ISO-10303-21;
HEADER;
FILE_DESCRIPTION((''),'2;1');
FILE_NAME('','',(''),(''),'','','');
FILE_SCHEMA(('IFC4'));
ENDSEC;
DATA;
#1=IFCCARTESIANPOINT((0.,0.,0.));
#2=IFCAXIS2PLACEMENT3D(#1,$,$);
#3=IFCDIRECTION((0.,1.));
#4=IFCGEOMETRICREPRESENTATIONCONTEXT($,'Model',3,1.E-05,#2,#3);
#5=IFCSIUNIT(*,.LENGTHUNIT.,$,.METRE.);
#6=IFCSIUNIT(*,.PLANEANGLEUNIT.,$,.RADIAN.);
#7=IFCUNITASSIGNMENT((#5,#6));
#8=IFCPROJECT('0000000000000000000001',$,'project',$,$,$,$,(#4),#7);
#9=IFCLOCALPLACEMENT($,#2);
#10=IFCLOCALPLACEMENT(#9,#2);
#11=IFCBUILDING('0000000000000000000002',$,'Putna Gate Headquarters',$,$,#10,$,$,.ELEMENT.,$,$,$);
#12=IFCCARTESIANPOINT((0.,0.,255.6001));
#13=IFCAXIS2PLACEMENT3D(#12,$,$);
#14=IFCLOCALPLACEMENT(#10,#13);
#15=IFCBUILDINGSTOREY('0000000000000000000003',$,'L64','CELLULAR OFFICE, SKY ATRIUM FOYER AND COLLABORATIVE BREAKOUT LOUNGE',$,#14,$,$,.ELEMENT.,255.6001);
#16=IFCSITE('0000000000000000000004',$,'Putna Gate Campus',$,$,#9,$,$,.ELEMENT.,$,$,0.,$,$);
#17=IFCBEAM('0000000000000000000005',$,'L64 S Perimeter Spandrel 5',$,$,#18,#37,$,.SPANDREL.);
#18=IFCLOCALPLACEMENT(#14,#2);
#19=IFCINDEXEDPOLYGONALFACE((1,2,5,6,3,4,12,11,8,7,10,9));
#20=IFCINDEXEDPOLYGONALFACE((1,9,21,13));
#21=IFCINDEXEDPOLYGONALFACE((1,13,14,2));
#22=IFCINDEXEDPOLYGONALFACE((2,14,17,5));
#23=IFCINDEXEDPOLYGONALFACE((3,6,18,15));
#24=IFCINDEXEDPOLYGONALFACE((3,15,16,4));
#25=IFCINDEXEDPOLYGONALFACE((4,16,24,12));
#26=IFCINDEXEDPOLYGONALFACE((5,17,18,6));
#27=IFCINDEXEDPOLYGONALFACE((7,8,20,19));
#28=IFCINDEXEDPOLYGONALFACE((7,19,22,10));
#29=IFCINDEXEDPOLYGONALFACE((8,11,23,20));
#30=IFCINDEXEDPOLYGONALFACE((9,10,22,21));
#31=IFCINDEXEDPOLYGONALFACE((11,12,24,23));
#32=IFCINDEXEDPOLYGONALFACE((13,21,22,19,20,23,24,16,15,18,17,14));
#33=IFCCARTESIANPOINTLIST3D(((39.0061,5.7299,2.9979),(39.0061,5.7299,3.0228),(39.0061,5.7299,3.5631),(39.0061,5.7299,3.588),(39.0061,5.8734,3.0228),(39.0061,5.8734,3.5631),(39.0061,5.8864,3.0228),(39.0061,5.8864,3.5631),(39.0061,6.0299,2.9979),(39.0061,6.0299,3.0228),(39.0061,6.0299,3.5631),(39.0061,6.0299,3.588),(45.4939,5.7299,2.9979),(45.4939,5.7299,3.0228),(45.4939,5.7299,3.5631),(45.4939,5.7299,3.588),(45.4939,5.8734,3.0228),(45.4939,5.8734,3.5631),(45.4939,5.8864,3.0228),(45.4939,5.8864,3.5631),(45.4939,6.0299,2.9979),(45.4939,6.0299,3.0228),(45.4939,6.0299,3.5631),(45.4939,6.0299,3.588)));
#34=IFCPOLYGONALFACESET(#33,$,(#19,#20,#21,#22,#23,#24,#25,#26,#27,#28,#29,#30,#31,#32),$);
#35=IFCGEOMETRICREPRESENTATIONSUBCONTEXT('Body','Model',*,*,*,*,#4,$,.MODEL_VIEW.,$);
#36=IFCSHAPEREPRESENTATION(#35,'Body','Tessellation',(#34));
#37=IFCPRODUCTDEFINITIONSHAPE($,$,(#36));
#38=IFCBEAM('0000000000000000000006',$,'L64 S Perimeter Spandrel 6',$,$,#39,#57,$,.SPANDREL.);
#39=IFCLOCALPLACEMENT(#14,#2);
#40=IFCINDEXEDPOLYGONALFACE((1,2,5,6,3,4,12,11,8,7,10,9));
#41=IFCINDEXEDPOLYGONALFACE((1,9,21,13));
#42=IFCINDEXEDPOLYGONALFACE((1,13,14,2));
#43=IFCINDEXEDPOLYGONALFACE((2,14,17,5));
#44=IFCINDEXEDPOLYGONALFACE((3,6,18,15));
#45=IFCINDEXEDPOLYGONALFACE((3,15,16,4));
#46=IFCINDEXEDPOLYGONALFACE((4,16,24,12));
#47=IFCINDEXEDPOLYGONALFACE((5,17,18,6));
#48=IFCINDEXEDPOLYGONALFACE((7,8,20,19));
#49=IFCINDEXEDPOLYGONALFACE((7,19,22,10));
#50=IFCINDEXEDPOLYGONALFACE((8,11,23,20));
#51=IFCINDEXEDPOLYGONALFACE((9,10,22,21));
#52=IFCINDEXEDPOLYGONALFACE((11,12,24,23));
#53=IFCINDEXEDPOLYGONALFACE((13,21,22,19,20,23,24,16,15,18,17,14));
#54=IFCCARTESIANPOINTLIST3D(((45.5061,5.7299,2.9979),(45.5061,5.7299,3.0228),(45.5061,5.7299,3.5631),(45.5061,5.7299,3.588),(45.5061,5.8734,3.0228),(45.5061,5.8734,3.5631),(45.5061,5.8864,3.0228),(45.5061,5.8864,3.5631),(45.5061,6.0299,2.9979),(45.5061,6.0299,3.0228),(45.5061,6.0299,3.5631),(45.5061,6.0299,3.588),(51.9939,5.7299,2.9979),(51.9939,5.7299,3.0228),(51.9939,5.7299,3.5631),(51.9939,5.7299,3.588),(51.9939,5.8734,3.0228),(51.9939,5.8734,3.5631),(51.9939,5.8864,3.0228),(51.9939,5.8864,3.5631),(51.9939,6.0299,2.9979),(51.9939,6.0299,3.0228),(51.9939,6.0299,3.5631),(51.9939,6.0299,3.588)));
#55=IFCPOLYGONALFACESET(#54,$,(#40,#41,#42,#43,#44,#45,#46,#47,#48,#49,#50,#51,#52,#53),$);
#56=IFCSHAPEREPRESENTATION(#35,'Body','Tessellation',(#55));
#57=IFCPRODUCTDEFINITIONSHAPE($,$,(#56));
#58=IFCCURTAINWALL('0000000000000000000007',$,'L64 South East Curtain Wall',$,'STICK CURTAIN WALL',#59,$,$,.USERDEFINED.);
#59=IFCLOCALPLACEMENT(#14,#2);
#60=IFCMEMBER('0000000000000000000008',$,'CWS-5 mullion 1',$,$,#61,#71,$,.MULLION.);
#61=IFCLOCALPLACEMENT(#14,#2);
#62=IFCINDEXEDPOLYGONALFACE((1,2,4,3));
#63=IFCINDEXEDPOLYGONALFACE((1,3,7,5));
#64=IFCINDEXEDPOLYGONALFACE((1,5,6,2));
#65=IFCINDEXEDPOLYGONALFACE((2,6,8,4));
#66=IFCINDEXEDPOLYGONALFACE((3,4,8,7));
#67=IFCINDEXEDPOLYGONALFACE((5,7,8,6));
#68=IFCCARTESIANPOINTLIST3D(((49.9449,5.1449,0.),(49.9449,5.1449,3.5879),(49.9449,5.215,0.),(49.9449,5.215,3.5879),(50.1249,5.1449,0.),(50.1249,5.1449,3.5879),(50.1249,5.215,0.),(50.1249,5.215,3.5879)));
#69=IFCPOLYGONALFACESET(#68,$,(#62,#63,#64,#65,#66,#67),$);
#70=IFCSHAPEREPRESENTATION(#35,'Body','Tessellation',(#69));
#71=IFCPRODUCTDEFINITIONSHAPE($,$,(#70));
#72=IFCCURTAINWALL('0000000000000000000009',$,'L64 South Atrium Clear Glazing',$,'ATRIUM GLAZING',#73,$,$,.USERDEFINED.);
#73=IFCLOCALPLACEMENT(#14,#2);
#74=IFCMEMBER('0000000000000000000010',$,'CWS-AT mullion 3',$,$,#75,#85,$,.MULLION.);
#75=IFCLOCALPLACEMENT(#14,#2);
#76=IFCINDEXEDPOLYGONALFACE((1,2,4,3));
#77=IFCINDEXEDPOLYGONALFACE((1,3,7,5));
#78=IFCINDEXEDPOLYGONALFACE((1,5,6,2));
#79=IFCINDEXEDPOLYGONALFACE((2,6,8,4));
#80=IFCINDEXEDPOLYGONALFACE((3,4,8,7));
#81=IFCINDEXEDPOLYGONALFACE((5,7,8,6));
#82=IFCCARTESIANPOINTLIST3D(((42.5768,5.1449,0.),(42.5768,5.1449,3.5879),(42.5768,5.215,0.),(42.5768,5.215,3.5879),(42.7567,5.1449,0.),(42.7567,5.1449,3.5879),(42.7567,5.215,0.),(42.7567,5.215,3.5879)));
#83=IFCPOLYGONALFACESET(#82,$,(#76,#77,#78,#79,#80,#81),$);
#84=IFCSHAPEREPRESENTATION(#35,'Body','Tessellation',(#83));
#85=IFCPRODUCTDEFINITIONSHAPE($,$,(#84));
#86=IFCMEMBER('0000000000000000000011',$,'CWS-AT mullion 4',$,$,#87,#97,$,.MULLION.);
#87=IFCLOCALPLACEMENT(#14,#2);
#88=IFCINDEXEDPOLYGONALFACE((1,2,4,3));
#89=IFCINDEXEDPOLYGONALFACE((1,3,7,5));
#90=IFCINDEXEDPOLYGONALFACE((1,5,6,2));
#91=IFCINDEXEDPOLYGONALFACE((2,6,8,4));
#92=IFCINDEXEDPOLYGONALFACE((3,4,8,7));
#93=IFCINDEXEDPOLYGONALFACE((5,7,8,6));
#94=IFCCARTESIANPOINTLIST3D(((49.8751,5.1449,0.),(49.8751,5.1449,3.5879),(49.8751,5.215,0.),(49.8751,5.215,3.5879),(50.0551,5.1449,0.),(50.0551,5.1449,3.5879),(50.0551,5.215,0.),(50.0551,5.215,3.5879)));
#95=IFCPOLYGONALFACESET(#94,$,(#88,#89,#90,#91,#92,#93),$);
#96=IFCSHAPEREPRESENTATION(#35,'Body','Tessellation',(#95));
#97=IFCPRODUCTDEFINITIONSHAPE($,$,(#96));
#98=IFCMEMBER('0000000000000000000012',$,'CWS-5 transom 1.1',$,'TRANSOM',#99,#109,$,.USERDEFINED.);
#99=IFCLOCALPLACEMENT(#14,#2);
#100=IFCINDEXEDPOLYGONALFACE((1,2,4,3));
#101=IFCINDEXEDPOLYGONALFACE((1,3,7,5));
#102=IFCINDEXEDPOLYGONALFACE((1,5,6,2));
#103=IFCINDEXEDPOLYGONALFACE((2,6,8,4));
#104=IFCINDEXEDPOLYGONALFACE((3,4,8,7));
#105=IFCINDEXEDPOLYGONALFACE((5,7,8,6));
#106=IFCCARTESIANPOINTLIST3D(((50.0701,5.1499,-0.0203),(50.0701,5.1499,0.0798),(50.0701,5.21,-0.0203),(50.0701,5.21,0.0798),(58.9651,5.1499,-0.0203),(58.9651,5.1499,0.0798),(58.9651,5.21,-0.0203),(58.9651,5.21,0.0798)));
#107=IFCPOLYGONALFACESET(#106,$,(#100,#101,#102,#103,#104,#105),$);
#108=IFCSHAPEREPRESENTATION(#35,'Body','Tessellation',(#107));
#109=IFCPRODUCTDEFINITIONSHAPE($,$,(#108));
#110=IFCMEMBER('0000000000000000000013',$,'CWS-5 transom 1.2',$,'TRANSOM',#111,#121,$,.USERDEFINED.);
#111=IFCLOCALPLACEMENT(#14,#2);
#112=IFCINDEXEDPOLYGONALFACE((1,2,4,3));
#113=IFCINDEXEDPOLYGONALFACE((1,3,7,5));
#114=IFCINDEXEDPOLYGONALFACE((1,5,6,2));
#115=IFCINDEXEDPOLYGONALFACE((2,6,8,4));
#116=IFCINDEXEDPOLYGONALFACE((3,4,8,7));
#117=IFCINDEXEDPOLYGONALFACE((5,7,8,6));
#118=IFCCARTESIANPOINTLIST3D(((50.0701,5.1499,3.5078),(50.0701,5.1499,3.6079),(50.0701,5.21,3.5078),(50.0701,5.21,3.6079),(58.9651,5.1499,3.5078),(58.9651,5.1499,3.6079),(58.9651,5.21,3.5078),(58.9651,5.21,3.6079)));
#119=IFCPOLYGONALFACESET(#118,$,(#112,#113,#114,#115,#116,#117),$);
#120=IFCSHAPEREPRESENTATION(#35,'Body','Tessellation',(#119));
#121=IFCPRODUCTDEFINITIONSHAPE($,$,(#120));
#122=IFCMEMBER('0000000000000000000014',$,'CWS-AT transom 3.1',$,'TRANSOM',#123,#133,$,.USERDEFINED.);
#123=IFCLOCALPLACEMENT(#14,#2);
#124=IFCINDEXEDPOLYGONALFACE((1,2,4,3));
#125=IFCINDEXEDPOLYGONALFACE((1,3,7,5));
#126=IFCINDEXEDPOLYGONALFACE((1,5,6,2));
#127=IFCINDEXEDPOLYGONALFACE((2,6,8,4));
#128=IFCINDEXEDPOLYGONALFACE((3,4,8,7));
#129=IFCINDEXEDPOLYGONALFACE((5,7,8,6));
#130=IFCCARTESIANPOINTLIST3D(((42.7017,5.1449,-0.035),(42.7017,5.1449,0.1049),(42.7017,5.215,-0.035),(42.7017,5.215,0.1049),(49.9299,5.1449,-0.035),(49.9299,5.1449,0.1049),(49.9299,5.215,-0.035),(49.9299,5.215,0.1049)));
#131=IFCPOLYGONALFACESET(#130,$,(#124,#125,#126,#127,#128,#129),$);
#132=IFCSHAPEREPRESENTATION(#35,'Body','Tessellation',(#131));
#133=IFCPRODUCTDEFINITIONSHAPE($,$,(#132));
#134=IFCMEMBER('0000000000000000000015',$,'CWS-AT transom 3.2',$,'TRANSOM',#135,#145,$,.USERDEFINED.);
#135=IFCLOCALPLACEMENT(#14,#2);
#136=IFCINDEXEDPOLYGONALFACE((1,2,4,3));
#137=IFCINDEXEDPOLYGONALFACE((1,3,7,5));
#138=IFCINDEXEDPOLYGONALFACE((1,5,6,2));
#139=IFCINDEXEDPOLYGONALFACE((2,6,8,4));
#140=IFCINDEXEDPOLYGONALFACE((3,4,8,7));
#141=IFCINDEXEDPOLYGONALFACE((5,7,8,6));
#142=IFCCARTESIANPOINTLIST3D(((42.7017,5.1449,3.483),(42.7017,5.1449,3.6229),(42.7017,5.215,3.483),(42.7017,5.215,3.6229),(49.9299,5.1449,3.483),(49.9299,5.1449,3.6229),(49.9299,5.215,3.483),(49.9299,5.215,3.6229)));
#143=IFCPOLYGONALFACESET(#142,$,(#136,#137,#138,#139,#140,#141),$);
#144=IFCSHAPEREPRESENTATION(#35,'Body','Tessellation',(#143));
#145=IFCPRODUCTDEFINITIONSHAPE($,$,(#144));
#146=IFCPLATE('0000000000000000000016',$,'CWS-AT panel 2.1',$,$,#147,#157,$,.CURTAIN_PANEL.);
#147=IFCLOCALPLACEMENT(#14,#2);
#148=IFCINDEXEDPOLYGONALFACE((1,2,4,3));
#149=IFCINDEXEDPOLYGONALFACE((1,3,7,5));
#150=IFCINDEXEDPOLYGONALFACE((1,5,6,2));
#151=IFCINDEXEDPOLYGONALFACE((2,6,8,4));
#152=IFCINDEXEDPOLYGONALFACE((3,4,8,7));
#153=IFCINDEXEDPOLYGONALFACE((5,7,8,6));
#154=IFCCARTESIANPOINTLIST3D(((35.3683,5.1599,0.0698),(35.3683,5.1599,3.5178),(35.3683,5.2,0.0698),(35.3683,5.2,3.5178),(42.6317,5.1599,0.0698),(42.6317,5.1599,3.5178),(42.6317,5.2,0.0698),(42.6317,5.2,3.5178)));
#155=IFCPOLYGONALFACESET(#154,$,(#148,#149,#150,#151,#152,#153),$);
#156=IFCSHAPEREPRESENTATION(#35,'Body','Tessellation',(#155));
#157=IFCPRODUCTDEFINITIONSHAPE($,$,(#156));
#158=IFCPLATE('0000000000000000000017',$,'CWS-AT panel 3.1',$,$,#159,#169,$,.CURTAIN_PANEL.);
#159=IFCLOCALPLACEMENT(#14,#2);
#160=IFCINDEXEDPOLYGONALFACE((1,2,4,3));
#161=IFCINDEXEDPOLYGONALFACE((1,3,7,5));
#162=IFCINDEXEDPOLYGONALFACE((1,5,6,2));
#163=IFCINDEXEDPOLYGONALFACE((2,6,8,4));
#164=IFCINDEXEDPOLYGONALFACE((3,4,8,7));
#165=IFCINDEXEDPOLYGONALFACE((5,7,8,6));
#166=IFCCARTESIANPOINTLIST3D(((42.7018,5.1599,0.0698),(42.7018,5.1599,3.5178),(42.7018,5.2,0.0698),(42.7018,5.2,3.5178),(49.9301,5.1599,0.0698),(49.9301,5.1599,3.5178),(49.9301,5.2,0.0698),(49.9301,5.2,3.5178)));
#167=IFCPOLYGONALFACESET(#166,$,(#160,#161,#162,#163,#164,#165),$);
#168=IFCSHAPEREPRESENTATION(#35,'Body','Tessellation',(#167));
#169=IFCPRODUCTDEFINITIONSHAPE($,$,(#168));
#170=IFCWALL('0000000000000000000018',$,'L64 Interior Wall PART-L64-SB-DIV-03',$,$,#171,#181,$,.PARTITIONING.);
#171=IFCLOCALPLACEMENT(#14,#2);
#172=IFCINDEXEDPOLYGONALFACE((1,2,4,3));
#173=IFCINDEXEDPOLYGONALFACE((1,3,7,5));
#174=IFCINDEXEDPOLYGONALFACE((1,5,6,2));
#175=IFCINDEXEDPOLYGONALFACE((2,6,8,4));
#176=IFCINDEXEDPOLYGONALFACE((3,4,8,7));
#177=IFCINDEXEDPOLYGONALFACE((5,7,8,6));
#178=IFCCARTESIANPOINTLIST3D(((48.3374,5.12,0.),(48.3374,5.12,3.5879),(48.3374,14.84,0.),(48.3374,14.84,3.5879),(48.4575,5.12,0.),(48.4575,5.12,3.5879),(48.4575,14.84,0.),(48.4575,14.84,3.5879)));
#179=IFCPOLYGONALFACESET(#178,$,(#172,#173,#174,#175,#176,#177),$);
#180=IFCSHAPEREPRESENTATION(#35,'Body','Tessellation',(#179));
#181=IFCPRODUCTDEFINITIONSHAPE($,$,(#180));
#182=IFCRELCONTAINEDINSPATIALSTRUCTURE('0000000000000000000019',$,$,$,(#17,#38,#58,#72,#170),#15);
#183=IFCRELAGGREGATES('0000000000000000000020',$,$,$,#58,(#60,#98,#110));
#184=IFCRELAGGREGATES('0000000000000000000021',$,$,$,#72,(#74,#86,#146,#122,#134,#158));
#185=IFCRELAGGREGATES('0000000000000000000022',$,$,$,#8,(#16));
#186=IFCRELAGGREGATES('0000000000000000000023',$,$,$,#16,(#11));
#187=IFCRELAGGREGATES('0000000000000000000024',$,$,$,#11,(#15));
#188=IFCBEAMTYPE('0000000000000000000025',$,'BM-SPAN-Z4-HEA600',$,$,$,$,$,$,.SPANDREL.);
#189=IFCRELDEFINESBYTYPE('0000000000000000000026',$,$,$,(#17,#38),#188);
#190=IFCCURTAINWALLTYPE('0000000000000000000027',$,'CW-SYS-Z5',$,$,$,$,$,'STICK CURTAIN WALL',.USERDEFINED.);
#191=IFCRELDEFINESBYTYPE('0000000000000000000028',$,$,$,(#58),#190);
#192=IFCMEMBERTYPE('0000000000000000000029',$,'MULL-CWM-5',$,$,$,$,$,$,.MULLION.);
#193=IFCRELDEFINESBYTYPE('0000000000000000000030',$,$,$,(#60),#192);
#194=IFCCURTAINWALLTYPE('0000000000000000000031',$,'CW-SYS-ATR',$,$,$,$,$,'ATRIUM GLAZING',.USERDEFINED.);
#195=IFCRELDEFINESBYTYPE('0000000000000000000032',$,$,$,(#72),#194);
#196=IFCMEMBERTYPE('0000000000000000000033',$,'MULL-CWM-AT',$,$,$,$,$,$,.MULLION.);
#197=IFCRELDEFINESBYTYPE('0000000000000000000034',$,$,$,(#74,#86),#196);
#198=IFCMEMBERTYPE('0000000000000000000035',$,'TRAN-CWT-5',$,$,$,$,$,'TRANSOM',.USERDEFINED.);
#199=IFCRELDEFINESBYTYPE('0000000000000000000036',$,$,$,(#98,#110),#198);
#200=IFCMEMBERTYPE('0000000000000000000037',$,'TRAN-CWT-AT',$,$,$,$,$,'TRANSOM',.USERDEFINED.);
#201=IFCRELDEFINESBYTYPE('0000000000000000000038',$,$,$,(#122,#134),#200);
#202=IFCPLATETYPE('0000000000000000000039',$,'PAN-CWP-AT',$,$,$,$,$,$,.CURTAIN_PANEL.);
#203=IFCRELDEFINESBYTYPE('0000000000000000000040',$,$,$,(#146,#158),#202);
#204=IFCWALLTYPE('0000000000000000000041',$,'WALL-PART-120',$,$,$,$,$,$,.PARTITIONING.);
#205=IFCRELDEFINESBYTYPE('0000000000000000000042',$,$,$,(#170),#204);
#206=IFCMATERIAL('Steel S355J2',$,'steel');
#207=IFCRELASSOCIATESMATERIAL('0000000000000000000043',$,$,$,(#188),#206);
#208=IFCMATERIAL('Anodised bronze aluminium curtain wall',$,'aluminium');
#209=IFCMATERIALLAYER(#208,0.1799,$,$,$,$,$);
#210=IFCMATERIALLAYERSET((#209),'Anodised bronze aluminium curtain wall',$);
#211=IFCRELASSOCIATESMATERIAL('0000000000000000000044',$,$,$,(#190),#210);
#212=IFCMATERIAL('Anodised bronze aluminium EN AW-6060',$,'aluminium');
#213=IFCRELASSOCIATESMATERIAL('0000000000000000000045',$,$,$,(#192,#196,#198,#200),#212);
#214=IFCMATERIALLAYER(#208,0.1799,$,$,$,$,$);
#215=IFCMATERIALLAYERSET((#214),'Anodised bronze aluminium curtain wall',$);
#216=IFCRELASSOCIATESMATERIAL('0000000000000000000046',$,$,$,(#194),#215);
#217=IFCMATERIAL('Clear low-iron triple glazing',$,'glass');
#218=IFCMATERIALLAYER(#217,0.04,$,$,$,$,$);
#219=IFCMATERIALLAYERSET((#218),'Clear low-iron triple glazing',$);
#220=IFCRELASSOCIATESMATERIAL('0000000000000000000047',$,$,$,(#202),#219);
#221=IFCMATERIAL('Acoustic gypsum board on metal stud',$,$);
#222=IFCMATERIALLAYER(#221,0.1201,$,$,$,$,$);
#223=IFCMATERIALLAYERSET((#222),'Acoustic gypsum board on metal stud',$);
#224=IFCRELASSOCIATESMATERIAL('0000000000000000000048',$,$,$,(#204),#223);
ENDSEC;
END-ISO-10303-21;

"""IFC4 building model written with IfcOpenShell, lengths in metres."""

from ifc_helpers import new_model, si_unit, direction, frame, frame_2d, origin, origin_2d, place, context, subcontext, project, spatial, rectangle, i_section, extrude, material, layer, layer_set, material_profile, profile_set, type_object, element, aggregate, save


model = new_model("IFC4")

# Units and contexts
model_context = context("Model", 3, precision=1e-05, world=origin(), true_north=direction((0.0, 1.0)))
body_context = subcontext(model_context, "Body", "Model", "MODEL_VIEW")
ifc_project = project(units=[si_unit("LENGTHUNIT", "METRE"), si_unit("PLANEANGLEUNIT", "RADIAN")], contexts=[model_context])

# Site, building, storey
site_placement = place(None, origin())
site = spatial("IfcSite", under=ifc_project, at=site_placement, Name="Putna Gate Campus", CompositionType="ELEMENT", RefElevation=0.0)
building_placement = place(site_placement, origin())
building = spatial("IfcBuilding", under=site, at=building_placement, Name="Putna Gate Headquarters", CompositionType="ELEMENT")
storey_placement = place(building_placement, frame((0.0, 0.0, 255.6001)))
storey = spatial("IfcBuildingStorey", under=building, at=storey_placement, Name="L64", Description="CELLULAR OFFICE, SKY ATRIUM FOYER AND COLLABORATIVE BREAKOUT LOUNGE", CompositionType="ELEMENT", Elevation=255.6001)

# Beams
ifc_material_1 = material(Name="Steel S355J2", Category="steel")
ifc_material_profile_1 = material_profile(ifc_material_1, i_section(OverallWidth=0.3, OverallDepth=0.5901, WebThickness=0.0129, FlangeThickness=0.0249, at=origin_2d()), Name="Steel S355J2")
ifc_profile_set_1 = profile_set([ifc_material_profile_1], Name="Steel S355J2")
beam_type_1 = type_object("IfcBeamType", Name="BM-SPAN-Z4-HEA600", PredefinedType="SPANDREL", material=ifc_profile_set_1)
for number, where, z_axis, x_axis, name in (
    (1, (39.0061, 5.8799, 3.293), (1.0, 0.0, 0.0), (0.0, 1.0, 0.0), "L64 S Perimeter Spandrel 5"),
    (2, (45.5061, 5.8799, 3.293), (1.0, 0.0, 0.0), (0.0, 1.0, 0.0), "L64 S Perimeter Spandrel 6"),
):
    element("IfcBeam", number, at=place(storey_placement, frame(where, z_axis=z_axis, x_axis=x_axis)), inside=storey, type_object=beam_type_1, Name=name, PredefinedType="SPANDREL", context=body_context, shape_type="SweptSolid", body=[
        extrude(i_section(OverallWidth=0.3, OverallDepth=0.5901, WebThickness=0.0129, FlangeThickness=0.0249, at=origin_2d()), origin(), (0.0, 0.0, 1.0), 6.4878),
    ])

# Curtain wall, member
ifc_material_2 = material(Name="Anodised bronze aluminium curtain wall", Category="aluminium")
ifc_layer_1 = layer(ifc_material_2, 0.1799)
ifc_layer_set_1 = layer_set([ifc_layer_1], Name="Anodised bronze aluminium curtain wall")
curtain_wall_type_1 = type_object("IfcCurtainWallType", Name="CW-SYS-Z5", ElementType="STICK CURTAIN WALL", PredefinedType="USERDEFINED", material=ifc_layer_set_1)
curtain_wall_1_placement = place(storey_placement, origin())
curtain_wall_1 = element("IfcCurtainWall", 3, at=curtain_wall_1_placement, inside=storey, type_object=curtain_wall_type_1, Name="L64 South East Curtain Wall", ObjectType="STICK CURTAIN WALL", PredefinedType="USERDEFINED")
ifc_material_3 = material(Name="Anodised bronze aluminium EN AW-6060", Category="aluminium")
ifc_material_profile_2 = material_profile(ifc_material_3, rectangle(XDim=0.0701, YDim=0.1799, at=origin_2d()), Name="Anodised bronze aluminium EN AW-6060")
ifc_profile_set_2 = profile_set([ifc_material_profile_2], Name="Anodised bronze aluminium EN AW-6060")
member_type_1 = type_object("IfcMemberType", Name="MULL-CWM-5", PredefinedType="MULLION", material=ifc_profile_set_2)
member_1_placement = place(storey_placement, frame((50.0349, 5.1799, 0.0), z_axis=(0.0, 0.0, 1.0), x_axis=(0.0, 1.0, 0.0)))
member_1 = element("IfcMember", 4, at=member_1_placement, type_object=member_type_1, Name="CWS-5 mullion 1", PredefinedType="MULLION", context=body_context, shape_type="SweptSolid", body=[
    extrude(rectangle(XDim=0.0701, YDim=0.1799, at=origin_2d()), origin(), (0.0, 0.0, 1.0), 3.5879),
])

# Curtain wall, members
ifc_layer_2 = layer(ifc_material_2, 0.1799)
ifc_layer_set_2 = layer_set([ifc_layer_2], Name="Anodised bronze aluminium curtain wall")
curtain_wall_type_2 = type_object("IfcCurtainWallType", Name="CW-SYS-ATR", ElementType="ATRIUM GLAZING", PredefinedType="USERDEFINED", material=ifc_layer_set_2)
curtain_wall_2_placement = place(storey_placement, origin())
curtain_wall_2 = element("IfcCurtainWall", 5, at=curtain_wall_2_placement, inside=storey, type_object=curtain_wall_type_2, Name="L64 South Atrium Clear Glazing", ObjectType="ATRIUM GLAZING", PredefinedType="USERDEFINED")
ifc_material_profile_3 = material_profile(ifc_material_3, rectangle(XDim=0.0701, YDim=0.1799, at=origin_2d()), Name="Anodised bronze aluminium EN AW-6060")
ifc_profile_set_3 = profile_set([ifc_material_profile_3], Name="Anodised bronze aluminium EN AW-6060")
member_type_2 = type_object("IfcMemberType", Name="MULL-CWM-AT", PredefinedType="MULLION", material=ifc_profile_set_3)
member_2_placement = place(storey_placement, frame((42.6667, 5.1799, 0.0), z_axis=(0.0, 0.0, 1.0), x_axis=(0.0, 1.0, 0.0)))
member_2 = element("IfcMember", 6, at=member_2_placement, type_object=member_type_2, Name="CWS-AT mullion 3", PredefinedType="MULLION", context=body_context, shape_type="SweptSolid", body=[
    extrude(rectangle(XDim=0.0701, YDim=0.1799, at=origin_2d()), origin(), (0.0, 0.0, 1.0), 3.5879),
])
member_3_placement = place(storey_placement, frame((49.9651, 5.1799, 0.0), z_axis=(0.0, 0.0, 1.0), x_axis=(0.0, 1.0, 0.0)))
member_3 = element("IfcMember", 7, at=member_3_placement, type_object=member_type_2, Name="CWS-AT mullion 4", PredefinedType="MULLION", context=body_context, shape_type="SweptSolid", body=[
    extrude(rectangle(XDim=0.0701, YDim=0.1799, at=origin_2d()), origin(), (0.0, 0.0, 1.0), 3.5879),
])

# Members
ifc_material_profile_4 = material_profile(ifc_material_3, rectangle(XDim=0.0601, YDim=0.1001, at=origin_2d()), Name="Anodised bronze aluminium EN AW-6060")
ifc_profile_set_4 = profile_set([ifc_material_profile_4], Name="Anodised bronze aluminium EN AW-6060")
member_type_3 = type_object("IfcMemberType", Name="TRAN-CWT-5", ElementType="TRANSOM", PredefinedType="USERDEFINED", material=ifc_profile_set_4)
member_4_placement = place(storey_placement, frame((50.0701, 5.1799, 0.0298), z_axis=(1.0, 0.0, 0.0), x_axis=(0.0, 1.0, 0.0)))
member_4 = element("IfcMember", 8, at=member_4_placement, type_object=member_type_3, Name="CWS-5 transom 1.1", ObjectType="TRANSOM", PredefinedType="USERDEFINED", context=body_context, shape_type="SweptSolid", body=[
    extrude(rectangle(XDim=0.0601, YDim=0.1001, at=origin_2d()), origin(), (0.0, 0.0, 1.0), 8.895),
])
member_5_placement = place(storey_placement, frame((50.0701, 5.1799, 3.5579), z_axis=(1.0, 0.0, 0.0), x_axis=(0.0, 1.0, 0.0)))
member_5 = element("IfcMember", 9, at=member_5_placement, type_object=member_type_3, Name="CWS-5 transom 1.2", ObjectType="TRANSOM", PredefinedType="USERDEFINED", context=body_context, shape_type="SweptSolid", body=[
    extrude(rectangle(XDim=0.0601, YDim=0.1001, at=origin_2d()), origin(), (0.0, 0.0, 1.0), 8.895),
])
aggregate(curtain_wall_1, [member_1, member_4, member_5])
ifc_material_profile_5 = material_profile(ifc_material_3, rectangle(XDim=0.0701, YDim=0.1399, at=origin_2d()), Name="Anodised bronze aluminium EN AW-6060")
ifc_profile_set_5 = profile_set([ifc_material_profile_5], Name="Anodised bronze aluminium EN AW-6060")
member_type_4 = type_object("IfcMemberType", Name="TRAN-CWT-AT", ElementType="TRANSOM", PredefinedType="USERDEFINED", material=ifc_profile_set_5)
member_6_placement = place(storey_placement, frame((42.7017, 5.1799, 0.0349), z_axis=(1.0, 0.0, 0.0), x_axis=(0.0, 1.0, 0.0)))
member_6 = element("IfcMember", 10, at=member_6_placement, type_object=member_type_4, Name="CWS-AT transom 3.1", ObjectType="TRANSOM", PredefinedType="USERDEFINED", context=body_context, shape_type="SweptSolid", body=[
    extrude(rectangle(XDim=0.0701, YDim=0.1399, at=origin_2d()), origin(), (0.0, 0.0, 1.0), 7.2283),
])
member_7_placement = place(storey_placement, frame((42.7017, 5.1799, 3.553), z_axis=(1.0, 0.0, 0.0), x_axis=(0.0, 1.0, 0.0)))
member_7 = element("IfcMember", 11, at=member_7_placement, type_object=member_type_4, Name="CWS-AT transom 3.2", ObjectType="TRANSOM", PredefinedType="USERDEFINED", context=body_context, shape_type="SweptSolid", body=[
    extrude(rectangle(XDim=0.0701, YDim=0.1399, at=origin_2d()), origin(), (0.0, 0.0, 1.0), 7.2283),
])

# Plates
ifc_material_4 = material(Name="Clear low-iron triple glazing", Category="glass")
ifc_layer_3 = layer(ifc_material_4, 0.04)
ifc_layer_set_3 = layer_set([ifc_layer_3], Name="Clear low-iron triple glazing")
plate_type = type_object("IfcPlateType", Name="PAN-CWP-AT", PredefinedType="CURTAIN_PANEL", material=ifc_layer_set_3)
plate_1_placement = place(storey_placement, frame((39.0, 5.1799, 0.0698), z_axis=(0.0, 0.0, 1.0), x_axis=(1.0, 0.0, 0.0)))
plate_1 = element("IfcPlate", 12, at=plate_1_placement, type_object=plate_type, Name="CWS-AT panel 2.1", PredefinedType="CURTAIN_PANEL", context=body_context, shape_type="SweptSolid", body=[
    extrude(rectangle(XDim=7.2634, YDim=0.04, at=origin_2d()), origin(), (0.0, 0.0, 1.0), 3.448),
])
plate_2_placement = place(storey_placement, frame((46.3159, 5.1799, 0.0698), z_axis=(0.0, 0.0, 1.0), x_axis=(1.0, 0.0, 0.0)))
plate_2 = element("IfcPlate", 13, at=plate_2_placement, type_object=plate_type, Name="CWS-AT panel 3.1", PredefinedType="CURTAIN_PANEL", context=body_context, shape_type="SweptSolid", body=[
    extrude(rectangle(XDim=7.2283, YDim=0.04, at=origin_2d()), origin(), (0.0, 0.0, 1.0), 3.448),
])
aggregate(curtain_wall_2, [member_2, member_3, plate_1, member_6, member_7, plate_2])

# Wall
ifc_material_5 = material(Name="Acoustic gypsum board on metal stud")
ifc_layer_4 = layer(ifc_material_5, 0.1201)
ifc_layer_set_4 = layer_set([ifc_layer_4], Name="Acoustic gypsum board on metal stud")
wall_type_1 = type_object("IfcWallType", Name="WALL-PART-120", PredefinedType="PARTITIONING", material=ifc_layer_set_4)
wall_1_placement = place(storey_placement, frame((48.3975, 5.1201, 0.0), z_axis=(0.0, 0.0, 1.0), x_axis=(0.0, 1.0, 0.0)))
element("IfcWall", 14, at=wall_1_placement, inside=storey, type_object=wall_type_1, Name="L64 Interior Wall PART-L64-SB-DIV-03", PredefinedType="PARTITIONING", context=body_context, shape_type="SweptSolid", body=[
    extrude(rectangle(XDim=9.72, YDim=0.1201, at=frame_2d((4.8599, 0.0))), origin(), (0.0, 0.0, 1.0), 3.5879),
])

save(model, "model.ifc")
